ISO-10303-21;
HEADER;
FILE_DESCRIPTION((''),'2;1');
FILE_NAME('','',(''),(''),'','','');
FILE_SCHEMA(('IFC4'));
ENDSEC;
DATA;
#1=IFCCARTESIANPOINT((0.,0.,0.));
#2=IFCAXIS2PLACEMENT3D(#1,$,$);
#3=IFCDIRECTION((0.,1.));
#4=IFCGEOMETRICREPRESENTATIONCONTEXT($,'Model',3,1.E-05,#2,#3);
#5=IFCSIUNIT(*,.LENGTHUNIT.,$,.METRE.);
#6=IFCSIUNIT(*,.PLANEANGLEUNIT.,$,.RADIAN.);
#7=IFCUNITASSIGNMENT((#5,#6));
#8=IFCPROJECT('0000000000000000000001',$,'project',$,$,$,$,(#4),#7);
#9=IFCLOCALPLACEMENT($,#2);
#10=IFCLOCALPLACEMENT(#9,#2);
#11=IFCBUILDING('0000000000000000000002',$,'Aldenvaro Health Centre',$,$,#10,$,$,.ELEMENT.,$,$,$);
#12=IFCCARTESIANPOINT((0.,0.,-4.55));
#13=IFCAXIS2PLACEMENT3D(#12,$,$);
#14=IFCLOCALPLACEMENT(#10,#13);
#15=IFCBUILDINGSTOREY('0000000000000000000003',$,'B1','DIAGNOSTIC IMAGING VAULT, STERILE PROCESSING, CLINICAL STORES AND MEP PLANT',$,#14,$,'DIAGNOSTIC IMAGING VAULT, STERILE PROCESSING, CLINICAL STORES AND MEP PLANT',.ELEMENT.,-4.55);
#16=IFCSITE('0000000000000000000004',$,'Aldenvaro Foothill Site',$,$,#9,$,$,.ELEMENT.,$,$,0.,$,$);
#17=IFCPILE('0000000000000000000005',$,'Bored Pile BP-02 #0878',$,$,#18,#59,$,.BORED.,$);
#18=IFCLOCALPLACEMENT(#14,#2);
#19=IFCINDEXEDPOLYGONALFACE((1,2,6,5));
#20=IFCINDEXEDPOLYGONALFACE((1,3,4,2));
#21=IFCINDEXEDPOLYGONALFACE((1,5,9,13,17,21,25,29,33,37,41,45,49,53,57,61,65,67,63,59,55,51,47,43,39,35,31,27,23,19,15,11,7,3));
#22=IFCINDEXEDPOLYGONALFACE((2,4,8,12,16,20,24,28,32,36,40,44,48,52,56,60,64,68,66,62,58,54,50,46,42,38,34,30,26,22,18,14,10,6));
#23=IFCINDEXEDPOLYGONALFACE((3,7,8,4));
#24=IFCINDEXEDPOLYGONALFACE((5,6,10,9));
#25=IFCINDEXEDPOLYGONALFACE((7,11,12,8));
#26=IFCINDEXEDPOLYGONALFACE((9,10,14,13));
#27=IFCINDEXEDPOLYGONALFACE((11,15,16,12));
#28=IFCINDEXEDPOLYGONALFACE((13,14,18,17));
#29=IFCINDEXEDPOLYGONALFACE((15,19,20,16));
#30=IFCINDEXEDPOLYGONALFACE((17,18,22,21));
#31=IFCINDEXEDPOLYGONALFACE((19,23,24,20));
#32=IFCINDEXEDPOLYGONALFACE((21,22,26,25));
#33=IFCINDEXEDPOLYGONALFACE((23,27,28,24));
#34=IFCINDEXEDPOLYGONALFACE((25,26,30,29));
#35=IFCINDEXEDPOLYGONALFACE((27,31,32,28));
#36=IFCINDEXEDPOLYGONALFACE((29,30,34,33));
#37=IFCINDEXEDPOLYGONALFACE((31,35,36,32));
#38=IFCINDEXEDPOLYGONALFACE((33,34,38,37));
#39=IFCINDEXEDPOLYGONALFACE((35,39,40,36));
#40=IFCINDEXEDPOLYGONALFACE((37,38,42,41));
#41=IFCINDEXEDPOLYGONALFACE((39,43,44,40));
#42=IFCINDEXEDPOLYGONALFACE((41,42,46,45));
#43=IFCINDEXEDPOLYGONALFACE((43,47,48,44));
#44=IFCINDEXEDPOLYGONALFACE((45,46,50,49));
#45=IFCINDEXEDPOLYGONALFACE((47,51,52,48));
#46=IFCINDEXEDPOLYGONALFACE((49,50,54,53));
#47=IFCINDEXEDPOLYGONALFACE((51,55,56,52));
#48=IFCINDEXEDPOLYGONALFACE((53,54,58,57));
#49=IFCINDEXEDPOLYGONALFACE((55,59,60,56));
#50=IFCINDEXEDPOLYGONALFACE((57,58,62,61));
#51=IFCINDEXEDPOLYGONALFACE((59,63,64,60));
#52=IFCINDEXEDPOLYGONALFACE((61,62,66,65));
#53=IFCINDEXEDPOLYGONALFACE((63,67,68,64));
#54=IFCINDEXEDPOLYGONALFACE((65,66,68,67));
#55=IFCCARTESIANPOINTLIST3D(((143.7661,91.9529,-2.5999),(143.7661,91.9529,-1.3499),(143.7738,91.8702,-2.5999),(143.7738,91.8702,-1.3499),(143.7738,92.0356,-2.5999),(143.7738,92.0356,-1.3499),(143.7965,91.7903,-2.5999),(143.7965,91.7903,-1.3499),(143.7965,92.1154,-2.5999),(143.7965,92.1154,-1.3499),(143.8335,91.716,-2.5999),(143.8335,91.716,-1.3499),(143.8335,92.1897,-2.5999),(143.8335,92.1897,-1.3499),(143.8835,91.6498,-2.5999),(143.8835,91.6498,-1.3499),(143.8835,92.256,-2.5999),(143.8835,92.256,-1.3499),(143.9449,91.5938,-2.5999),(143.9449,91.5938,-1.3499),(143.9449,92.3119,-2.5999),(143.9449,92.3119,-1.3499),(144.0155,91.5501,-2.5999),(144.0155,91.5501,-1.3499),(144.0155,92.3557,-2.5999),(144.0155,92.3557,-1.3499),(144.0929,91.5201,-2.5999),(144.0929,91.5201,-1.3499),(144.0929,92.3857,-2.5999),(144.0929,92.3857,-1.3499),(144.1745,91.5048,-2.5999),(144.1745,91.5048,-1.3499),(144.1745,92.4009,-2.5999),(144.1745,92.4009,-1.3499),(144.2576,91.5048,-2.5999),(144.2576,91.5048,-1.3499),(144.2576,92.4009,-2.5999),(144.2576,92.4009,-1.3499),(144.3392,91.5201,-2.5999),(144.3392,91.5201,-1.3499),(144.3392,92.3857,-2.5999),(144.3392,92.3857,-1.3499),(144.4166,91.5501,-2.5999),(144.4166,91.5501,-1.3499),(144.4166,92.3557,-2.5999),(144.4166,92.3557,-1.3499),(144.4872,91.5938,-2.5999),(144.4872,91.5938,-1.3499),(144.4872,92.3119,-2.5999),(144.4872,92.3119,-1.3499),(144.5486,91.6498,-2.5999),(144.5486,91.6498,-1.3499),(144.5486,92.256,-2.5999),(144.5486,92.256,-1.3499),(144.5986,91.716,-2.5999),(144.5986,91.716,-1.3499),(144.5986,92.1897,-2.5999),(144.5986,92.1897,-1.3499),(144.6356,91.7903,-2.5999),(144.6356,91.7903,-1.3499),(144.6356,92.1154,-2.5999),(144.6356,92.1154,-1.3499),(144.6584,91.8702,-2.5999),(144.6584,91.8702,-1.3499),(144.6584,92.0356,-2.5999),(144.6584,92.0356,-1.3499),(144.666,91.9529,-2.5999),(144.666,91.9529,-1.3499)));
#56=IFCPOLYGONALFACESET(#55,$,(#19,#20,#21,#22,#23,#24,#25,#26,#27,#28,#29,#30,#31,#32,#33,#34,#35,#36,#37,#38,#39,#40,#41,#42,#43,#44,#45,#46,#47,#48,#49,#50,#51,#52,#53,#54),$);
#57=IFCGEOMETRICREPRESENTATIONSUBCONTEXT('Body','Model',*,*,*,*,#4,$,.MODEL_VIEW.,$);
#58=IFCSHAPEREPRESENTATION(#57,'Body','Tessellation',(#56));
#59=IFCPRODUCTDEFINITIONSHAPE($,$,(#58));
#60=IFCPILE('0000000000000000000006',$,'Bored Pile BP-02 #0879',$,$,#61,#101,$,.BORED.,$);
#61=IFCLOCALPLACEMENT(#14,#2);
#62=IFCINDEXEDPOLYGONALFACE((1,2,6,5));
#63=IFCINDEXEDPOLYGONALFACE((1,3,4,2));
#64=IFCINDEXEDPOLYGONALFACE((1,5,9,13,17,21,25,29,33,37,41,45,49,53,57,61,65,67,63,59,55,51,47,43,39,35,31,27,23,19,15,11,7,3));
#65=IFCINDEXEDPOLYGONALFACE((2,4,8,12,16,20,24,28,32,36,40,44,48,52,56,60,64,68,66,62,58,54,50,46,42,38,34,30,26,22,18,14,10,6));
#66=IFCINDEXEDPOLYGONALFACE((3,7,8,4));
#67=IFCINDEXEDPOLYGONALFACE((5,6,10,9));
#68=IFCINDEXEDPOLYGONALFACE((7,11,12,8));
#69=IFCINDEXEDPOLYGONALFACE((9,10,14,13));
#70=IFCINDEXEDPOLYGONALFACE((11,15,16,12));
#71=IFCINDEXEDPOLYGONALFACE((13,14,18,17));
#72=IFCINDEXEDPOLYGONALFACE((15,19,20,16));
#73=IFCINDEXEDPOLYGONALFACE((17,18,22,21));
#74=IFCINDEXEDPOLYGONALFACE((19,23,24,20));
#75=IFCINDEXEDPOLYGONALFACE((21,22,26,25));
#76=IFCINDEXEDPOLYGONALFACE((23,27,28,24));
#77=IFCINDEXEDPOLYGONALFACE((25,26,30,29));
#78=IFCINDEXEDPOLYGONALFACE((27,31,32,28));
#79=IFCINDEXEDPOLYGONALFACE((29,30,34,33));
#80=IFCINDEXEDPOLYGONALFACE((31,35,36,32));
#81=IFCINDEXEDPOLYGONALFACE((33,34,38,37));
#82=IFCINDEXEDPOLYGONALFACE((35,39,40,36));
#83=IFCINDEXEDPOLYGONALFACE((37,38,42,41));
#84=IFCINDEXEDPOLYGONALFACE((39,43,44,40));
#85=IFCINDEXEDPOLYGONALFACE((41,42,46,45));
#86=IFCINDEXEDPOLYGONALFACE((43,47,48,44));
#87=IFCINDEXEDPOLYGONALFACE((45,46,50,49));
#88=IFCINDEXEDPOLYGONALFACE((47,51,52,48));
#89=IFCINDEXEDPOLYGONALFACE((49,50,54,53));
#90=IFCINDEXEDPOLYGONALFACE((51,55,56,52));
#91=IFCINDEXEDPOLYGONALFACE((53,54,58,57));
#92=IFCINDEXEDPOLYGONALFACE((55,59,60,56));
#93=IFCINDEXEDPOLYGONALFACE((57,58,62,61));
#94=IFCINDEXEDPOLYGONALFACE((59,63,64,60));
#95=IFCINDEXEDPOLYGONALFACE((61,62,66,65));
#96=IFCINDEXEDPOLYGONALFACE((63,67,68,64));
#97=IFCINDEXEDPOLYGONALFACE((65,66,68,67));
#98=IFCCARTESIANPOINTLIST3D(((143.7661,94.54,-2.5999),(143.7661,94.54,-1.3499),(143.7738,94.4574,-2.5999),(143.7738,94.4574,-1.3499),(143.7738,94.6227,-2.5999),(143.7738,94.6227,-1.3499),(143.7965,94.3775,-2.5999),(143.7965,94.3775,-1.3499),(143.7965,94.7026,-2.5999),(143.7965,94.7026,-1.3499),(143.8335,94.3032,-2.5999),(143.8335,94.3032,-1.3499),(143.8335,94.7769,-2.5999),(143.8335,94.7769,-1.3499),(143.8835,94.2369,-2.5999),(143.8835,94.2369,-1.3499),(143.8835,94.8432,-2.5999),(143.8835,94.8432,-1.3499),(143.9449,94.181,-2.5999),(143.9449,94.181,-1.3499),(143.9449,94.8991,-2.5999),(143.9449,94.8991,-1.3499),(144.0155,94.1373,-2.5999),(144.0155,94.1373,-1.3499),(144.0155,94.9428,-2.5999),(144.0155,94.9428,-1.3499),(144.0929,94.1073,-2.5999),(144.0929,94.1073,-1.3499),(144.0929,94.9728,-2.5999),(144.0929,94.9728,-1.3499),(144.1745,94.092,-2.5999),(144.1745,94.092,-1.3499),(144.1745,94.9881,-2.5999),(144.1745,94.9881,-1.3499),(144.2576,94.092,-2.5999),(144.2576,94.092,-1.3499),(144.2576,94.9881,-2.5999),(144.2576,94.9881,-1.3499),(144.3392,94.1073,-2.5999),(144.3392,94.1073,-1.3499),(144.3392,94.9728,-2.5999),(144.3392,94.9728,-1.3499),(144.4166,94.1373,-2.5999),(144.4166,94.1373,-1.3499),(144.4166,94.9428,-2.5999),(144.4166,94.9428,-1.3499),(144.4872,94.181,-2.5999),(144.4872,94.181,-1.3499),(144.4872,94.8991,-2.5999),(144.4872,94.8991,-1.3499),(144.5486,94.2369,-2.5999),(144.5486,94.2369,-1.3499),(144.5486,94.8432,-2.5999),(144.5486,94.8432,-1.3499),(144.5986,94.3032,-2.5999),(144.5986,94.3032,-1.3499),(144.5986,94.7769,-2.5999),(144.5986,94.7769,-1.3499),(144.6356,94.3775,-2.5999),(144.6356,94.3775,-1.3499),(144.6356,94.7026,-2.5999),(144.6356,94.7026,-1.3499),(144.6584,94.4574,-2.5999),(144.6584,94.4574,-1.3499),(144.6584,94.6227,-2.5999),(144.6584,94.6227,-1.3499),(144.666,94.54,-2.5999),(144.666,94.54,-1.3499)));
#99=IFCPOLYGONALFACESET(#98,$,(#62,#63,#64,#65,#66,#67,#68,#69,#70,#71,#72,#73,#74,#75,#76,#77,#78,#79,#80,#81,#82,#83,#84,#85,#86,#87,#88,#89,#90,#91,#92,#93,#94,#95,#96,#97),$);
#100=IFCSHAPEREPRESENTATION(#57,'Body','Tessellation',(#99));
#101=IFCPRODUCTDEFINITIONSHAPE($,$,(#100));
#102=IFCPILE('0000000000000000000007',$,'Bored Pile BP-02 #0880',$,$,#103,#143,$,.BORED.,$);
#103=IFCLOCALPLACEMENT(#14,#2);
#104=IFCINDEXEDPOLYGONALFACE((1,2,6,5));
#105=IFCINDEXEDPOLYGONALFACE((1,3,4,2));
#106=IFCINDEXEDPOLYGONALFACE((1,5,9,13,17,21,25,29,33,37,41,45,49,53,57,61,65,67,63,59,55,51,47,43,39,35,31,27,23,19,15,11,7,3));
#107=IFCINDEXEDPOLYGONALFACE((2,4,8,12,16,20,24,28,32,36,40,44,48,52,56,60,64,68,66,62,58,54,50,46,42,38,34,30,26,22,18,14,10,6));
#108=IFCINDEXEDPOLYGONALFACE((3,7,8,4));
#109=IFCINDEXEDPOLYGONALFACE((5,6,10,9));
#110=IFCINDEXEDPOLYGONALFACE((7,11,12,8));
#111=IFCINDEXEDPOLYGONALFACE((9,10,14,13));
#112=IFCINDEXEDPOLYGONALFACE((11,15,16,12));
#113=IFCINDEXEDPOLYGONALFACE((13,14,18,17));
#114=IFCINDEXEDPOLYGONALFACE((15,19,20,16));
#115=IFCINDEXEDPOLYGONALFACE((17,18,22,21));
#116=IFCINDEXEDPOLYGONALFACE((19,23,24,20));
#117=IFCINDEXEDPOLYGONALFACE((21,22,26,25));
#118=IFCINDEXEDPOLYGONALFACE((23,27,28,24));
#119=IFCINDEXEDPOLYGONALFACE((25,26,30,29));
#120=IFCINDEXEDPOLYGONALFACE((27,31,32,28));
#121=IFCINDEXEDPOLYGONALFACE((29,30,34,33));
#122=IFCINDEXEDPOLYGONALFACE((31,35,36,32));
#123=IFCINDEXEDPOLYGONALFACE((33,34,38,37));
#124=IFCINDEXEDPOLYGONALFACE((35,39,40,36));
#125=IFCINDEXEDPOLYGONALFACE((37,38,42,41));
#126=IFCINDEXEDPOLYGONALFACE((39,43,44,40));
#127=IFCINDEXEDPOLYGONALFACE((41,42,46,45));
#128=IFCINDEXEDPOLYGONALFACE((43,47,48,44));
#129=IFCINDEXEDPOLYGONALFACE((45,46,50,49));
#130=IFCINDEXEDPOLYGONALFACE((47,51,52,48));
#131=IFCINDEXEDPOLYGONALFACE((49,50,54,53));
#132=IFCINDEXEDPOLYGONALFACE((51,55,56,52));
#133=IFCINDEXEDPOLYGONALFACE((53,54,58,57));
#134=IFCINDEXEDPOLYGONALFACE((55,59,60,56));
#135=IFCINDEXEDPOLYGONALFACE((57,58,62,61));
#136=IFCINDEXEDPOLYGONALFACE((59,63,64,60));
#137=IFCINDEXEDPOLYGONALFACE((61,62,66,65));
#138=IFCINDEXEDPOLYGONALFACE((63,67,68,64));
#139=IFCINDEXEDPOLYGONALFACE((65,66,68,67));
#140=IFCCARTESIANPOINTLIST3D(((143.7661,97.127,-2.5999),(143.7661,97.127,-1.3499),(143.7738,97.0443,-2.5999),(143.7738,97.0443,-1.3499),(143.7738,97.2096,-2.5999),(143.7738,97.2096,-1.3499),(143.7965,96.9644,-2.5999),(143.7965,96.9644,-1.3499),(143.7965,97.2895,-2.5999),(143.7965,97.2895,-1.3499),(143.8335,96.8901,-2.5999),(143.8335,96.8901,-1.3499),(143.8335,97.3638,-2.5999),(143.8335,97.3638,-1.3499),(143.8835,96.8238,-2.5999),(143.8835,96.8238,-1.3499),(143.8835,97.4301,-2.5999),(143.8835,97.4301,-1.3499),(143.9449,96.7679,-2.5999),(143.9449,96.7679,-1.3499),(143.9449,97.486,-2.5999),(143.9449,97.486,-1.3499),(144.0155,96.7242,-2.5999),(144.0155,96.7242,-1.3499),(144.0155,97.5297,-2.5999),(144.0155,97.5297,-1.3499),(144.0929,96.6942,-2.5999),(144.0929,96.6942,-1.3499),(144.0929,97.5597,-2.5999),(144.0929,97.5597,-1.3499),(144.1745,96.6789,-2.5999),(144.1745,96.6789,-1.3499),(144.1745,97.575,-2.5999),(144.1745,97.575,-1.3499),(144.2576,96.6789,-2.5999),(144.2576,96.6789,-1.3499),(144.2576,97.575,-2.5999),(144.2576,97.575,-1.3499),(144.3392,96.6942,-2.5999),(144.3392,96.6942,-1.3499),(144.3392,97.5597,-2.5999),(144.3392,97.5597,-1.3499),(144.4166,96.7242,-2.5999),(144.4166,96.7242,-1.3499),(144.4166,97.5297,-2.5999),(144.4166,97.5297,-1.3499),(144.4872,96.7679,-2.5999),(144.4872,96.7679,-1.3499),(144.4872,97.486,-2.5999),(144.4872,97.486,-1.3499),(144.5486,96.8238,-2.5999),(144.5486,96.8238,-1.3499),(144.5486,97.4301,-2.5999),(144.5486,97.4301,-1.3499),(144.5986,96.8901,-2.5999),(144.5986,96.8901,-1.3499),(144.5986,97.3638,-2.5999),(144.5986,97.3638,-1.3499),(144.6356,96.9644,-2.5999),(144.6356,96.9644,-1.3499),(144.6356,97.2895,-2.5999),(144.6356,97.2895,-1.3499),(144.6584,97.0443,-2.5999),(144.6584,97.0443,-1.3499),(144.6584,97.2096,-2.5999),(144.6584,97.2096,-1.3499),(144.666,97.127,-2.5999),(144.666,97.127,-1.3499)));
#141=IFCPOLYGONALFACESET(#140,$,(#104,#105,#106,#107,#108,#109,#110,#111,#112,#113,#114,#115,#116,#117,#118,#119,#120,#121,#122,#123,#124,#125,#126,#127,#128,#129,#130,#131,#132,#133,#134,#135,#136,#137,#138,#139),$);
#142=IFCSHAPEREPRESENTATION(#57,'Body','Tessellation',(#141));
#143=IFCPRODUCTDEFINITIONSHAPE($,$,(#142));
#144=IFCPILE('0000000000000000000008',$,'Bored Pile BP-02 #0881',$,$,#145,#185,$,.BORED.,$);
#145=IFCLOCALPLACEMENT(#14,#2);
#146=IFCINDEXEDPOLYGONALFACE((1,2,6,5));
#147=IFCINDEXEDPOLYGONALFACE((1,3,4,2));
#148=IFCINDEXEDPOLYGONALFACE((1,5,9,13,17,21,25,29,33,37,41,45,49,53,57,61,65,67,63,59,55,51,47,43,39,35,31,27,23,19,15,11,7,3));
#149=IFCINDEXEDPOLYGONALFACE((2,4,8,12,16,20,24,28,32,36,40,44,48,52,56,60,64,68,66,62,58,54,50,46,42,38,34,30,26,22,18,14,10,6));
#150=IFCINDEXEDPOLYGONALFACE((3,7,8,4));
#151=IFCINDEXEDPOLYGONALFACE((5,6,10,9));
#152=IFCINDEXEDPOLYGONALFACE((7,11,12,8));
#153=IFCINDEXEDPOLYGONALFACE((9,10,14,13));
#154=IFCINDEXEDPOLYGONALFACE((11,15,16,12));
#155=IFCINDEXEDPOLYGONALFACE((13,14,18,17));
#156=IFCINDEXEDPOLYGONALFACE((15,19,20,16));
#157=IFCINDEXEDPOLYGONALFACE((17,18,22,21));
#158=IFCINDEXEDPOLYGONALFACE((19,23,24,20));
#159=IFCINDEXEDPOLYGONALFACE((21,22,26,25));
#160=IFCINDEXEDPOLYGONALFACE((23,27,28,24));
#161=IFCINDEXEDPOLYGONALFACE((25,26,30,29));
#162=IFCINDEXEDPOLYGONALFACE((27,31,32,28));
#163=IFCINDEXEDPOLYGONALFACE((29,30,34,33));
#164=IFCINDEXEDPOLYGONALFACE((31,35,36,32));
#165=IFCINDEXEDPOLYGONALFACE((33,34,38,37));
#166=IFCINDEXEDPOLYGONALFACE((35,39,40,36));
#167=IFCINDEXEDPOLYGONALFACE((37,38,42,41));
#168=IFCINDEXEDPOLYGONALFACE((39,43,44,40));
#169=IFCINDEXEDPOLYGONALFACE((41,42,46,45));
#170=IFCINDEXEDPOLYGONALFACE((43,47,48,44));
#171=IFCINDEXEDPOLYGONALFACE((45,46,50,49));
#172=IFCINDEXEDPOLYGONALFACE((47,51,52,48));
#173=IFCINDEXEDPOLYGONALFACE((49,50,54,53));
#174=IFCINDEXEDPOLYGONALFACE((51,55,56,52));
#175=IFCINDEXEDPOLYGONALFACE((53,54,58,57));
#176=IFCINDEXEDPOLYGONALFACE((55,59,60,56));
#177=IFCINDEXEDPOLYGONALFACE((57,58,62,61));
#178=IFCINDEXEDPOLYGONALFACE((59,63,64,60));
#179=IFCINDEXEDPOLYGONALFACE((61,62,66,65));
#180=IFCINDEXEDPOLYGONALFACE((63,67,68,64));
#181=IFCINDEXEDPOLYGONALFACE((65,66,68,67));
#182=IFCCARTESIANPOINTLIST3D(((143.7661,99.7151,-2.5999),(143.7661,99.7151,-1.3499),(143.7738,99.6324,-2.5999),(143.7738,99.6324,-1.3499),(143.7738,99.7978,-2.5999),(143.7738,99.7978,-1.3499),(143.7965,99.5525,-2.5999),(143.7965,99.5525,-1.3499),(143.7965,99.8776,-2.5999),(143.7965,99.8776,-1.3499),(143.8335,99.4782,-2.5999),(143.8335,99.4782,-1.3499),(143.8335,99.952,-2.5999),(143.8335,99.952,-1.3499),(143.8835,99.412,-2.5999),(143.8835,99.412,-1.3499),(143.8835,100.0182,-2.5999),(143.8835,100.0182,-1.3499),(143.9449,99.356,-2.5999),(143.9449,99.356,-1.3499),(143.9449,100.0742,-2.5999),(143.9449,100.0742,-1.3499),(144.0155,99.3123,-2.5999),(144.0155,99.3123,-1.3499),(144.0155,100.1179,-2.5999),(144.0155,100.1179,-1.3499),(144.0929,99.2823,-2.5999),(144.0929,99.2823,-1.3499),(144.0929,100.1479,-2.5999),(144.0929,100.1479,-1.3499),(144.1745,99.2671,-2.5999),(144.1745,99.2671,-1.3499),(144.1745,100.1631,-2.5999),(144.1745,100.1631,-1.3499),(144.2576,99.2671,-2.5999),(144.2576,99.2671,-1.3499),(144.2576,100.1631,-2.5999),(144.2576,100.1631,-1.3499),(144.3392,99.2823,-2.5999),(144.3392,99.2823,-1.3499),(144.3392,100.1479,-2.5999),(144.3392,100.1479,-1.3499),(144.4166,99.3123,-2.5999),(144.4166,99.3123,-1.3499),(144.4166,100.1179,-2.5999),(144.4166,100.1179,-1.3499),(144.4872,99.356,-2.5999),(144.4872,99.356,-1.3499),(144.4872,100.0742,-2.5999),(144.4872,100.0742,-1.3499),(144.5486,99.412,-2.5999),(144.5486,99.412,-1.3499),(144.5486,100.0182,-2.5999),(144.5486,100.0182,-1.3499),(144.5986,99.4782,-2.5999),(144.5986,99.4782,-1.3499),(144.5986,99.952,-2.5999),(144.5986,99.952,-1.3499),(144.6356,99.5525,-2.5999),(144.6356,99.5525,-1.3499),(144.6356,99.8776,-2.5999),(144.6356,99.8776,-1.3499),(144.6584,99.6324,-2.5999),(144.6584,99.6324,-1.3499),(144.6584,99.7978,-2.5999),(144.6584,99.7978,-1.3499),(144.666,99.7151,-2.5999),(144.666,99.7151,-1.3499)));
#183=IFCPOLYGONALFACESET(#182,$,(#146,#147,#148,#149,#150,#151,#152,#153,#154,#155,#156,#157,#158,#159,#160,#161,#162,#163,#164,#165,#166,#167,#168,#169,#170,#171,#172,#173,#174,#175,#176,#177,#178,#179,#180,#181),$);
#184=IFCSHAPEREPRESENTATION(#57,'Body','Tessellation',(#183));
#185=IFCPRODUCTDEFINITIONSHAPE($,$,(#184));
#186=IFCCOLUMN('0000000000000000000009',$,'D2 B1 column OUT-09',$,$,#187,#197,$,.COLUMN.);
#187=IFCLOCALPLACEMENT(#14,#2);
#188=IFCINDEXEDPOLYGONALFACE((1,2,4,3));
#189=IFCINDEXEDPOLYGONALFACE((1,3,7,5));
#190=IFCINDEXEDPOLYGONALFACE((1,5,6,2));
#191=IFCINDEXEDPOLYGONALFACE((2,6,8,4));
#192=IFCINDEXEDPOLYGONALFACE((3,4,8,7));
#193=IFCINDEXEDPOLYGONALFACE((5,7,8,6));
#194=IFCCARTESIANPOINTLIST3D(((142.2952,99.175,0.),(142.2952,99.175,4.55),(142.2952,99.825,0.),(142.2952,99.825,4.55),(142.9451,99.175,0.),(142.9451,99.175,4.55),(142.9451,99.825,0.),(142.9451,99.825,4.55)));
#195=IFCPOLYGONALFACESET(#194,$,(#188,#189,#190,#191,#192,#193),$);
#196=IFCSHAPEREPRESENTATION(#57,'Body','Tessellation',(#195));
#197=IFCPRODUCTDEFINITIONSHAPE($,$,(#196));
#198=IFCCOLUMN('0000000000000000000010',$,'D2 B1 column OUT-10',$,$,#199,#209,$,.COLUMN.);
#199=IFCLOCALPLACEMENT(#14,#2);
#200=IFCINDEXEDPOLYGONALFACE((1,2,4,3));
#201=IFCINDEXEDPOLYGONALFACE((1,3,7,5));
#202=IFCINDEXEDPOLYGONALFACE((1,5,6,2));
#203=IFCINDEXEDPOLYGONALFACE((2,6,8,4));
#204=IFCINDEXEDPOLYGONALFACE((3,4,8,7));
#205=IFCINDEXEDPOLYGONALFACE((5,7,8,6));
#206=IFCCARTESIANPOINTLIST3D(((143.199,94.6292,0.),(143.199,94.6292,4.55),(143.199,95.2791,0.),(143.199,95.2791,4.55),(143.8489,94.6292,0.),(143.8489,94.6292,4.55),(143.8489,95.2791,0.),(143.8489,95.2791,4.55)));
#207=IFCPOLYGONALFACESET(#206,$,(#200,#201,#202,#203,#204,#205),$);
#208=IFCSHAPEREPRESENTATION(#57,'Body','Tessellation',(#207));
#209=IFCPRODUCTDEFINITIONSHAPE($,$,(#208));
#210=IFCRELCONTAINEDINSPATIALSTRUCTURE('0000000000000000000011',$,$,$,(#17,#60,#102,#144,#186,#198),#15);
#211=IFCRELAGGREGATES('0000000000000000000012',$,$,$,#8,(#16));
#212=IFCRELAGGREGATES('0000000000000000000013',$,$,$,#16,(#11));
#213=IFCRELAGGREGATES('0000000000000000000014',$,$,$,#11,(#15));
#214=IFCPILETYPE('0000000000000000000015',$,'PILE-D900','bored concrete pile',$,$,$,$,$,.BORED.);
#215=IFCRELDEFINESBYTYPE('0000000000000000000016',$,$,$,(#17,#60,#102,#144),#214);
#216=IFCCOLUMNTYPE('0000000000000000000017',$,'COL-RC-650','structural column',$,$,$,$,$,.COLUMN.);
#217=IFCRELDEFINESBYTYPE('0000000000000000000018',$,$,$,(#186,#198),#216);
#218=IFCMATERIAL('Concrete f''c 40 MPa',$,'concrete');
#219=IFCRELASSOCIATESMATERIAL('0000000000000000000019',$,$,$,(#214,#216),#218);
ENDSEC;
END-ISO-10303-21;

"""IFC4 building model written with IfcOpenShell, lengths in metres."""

from ifc_helpers import new_model, si_unit, direction, frame, origin, origin_2d, place, context, subcontext, project, spatial, rectangle, circle, extrude, material, material_profile, profile_set, type_object, element, save


model = new_model("IFC4")

# Units and contexts
model_context = context("Model", 3, precision=1e-05, world=origin(), true_north=direction((0.0, 1.0)))
body_context = subcontext(model_context, "Body", "Model", "MODEL_VIEW")
ifc_project = project(units=[si_unit("LENGTHUNIT", "METRE"), si_unit("PLANEANGLEUNIT", "RADIAN")], contexts=[model_context])

# Site, building, storey
site_placement = place(None, origin())
site = spatial("IfcSite", under=ifc_project, at=site_placement, Name="Aldenvaro Foothill Site", CompositionType="ELEMENT", RefElevation=0.0)
building_placement = place(site_placement, origin())
building = spatial("IfcBuilding", under=site, at=building_placement, Name="Aldenvaro Health Centre", CompositionType="ELEMENT")
storey_placement = place(building_placement, frame((0.0, 0.0, -4.55)))
storey = spatial("IfcBuildingStorey", under=building, at=storey_placement, Name="B1", Description="DIAGNOSTIC IMAGING VAULT, STERILE PROCESSING, CLINICAL STORES AND MEP PLANT", LongName="DIAGNOSTIC IMAGING VAULT, STERILE PROCESSING, CLINICAL STORES AND MEP PLANT", CompositionType="ELEMENT", Elevation=-4.55)

# Piles
ifc_material_1 = material(Name="Concrete f'c 40 MPa", Category="concrete")
ifc_material_profile_1 = material_profile(ifc_material_1, circle(Radius=0.45, at=origin_2d()), Name="PILE D900", Category="concrete")
ifc_profile_set_1 = profile_set([ifc_material_profile_1], Name="Concrete f'c 40 MPa")
pile_type = type_object("IfcPileType", Name="PILE-D900", Description="bored concrete pile", PredefinedType="BORED", material=ifc_profile_set_1)
for number, where, z_axis, x_axis, name in (
    (1, (144.2161, 91.9529, -1.3499), (0.0, 0.0, -1.0), (1.0, 0.0, 0.0), "Bored Pile BP-02 #0878"),
    (2, (144.2161, 94.54, -1.3499), (0.0, 0.0, -1.0), (1.0, 0.0, 0.0), "Bored Pile BP-02 #0879"),
    (3, (144.2161, 97.127, -1.3499), (0.0, 0.0, -1.0), (1.0, 0.0, 0.0), "Bored Pile BP-02 #0880"),
    (4, (144.2161, 99.7151, -1.3499), (0.0, 0.0, -1.0), (1.0, 0.0, 0.0), "Bored Pile BP-02 #0881"),
):
    element("IfcPile", number, at=place(storey_placement, frame(where, z_axis=z_axis, x_axis=x_axis)), inside=storey, type_object=pile_type, Name=name, PredefinedType="BORED", context=body_context, shape_type="SweptSolid", body=[
        extrude(circle(Radius=0.45, at=origin_2d()), origin(), (0.0, 0.0, 1.0), 1.25),
    ])

# Columns
ifc_material_profile_2 = material_profile(ifc_material_1, rectangle(XDim=0.6499, YDim=0.6499, at=origin_2d()), Name="RC 650x650", Category="concrete")
ifc_profile_set_2 = profile_set([ifc_material_profile_2], Name="Concrete f'c 40 MPa")
column_type = type_object("IfcColumnType", Name="COL-RC-650", Description="structural column", PredefinedType="COLUMN", material=ifc_profile_set_2)
for number, where, z_axis, x_axis, name in (
    (5, (142.6201, 99.5, 0.0), (0.0, 0.0, 1.0), (1.0, 0.0, 0.0), "D2 B1 column OUT-09"),
    (6, (143.5239, 94.9541, 0.0), (0.0, 0.0, 1.0), (1.0, 0.0, 0.0), "D2 B1 column OUT-10"),
):
    element("IfcColumn", number, at=place(storey_placement, frame(where, z_axis=z_axis, x_axis=x_axis)), inside=storey, type_object=column_type, Name=name, PredefinedType="COLUMN", context=body_context, shape_type="SweptSolid", body=[
        extrude(rectangle(XDim=0.6499, YDim=0.6499, at=origin_2d()), origin(), (0.0, 0.0, 1.0), 4.55),
    ])

save(model, "model.ifc")
